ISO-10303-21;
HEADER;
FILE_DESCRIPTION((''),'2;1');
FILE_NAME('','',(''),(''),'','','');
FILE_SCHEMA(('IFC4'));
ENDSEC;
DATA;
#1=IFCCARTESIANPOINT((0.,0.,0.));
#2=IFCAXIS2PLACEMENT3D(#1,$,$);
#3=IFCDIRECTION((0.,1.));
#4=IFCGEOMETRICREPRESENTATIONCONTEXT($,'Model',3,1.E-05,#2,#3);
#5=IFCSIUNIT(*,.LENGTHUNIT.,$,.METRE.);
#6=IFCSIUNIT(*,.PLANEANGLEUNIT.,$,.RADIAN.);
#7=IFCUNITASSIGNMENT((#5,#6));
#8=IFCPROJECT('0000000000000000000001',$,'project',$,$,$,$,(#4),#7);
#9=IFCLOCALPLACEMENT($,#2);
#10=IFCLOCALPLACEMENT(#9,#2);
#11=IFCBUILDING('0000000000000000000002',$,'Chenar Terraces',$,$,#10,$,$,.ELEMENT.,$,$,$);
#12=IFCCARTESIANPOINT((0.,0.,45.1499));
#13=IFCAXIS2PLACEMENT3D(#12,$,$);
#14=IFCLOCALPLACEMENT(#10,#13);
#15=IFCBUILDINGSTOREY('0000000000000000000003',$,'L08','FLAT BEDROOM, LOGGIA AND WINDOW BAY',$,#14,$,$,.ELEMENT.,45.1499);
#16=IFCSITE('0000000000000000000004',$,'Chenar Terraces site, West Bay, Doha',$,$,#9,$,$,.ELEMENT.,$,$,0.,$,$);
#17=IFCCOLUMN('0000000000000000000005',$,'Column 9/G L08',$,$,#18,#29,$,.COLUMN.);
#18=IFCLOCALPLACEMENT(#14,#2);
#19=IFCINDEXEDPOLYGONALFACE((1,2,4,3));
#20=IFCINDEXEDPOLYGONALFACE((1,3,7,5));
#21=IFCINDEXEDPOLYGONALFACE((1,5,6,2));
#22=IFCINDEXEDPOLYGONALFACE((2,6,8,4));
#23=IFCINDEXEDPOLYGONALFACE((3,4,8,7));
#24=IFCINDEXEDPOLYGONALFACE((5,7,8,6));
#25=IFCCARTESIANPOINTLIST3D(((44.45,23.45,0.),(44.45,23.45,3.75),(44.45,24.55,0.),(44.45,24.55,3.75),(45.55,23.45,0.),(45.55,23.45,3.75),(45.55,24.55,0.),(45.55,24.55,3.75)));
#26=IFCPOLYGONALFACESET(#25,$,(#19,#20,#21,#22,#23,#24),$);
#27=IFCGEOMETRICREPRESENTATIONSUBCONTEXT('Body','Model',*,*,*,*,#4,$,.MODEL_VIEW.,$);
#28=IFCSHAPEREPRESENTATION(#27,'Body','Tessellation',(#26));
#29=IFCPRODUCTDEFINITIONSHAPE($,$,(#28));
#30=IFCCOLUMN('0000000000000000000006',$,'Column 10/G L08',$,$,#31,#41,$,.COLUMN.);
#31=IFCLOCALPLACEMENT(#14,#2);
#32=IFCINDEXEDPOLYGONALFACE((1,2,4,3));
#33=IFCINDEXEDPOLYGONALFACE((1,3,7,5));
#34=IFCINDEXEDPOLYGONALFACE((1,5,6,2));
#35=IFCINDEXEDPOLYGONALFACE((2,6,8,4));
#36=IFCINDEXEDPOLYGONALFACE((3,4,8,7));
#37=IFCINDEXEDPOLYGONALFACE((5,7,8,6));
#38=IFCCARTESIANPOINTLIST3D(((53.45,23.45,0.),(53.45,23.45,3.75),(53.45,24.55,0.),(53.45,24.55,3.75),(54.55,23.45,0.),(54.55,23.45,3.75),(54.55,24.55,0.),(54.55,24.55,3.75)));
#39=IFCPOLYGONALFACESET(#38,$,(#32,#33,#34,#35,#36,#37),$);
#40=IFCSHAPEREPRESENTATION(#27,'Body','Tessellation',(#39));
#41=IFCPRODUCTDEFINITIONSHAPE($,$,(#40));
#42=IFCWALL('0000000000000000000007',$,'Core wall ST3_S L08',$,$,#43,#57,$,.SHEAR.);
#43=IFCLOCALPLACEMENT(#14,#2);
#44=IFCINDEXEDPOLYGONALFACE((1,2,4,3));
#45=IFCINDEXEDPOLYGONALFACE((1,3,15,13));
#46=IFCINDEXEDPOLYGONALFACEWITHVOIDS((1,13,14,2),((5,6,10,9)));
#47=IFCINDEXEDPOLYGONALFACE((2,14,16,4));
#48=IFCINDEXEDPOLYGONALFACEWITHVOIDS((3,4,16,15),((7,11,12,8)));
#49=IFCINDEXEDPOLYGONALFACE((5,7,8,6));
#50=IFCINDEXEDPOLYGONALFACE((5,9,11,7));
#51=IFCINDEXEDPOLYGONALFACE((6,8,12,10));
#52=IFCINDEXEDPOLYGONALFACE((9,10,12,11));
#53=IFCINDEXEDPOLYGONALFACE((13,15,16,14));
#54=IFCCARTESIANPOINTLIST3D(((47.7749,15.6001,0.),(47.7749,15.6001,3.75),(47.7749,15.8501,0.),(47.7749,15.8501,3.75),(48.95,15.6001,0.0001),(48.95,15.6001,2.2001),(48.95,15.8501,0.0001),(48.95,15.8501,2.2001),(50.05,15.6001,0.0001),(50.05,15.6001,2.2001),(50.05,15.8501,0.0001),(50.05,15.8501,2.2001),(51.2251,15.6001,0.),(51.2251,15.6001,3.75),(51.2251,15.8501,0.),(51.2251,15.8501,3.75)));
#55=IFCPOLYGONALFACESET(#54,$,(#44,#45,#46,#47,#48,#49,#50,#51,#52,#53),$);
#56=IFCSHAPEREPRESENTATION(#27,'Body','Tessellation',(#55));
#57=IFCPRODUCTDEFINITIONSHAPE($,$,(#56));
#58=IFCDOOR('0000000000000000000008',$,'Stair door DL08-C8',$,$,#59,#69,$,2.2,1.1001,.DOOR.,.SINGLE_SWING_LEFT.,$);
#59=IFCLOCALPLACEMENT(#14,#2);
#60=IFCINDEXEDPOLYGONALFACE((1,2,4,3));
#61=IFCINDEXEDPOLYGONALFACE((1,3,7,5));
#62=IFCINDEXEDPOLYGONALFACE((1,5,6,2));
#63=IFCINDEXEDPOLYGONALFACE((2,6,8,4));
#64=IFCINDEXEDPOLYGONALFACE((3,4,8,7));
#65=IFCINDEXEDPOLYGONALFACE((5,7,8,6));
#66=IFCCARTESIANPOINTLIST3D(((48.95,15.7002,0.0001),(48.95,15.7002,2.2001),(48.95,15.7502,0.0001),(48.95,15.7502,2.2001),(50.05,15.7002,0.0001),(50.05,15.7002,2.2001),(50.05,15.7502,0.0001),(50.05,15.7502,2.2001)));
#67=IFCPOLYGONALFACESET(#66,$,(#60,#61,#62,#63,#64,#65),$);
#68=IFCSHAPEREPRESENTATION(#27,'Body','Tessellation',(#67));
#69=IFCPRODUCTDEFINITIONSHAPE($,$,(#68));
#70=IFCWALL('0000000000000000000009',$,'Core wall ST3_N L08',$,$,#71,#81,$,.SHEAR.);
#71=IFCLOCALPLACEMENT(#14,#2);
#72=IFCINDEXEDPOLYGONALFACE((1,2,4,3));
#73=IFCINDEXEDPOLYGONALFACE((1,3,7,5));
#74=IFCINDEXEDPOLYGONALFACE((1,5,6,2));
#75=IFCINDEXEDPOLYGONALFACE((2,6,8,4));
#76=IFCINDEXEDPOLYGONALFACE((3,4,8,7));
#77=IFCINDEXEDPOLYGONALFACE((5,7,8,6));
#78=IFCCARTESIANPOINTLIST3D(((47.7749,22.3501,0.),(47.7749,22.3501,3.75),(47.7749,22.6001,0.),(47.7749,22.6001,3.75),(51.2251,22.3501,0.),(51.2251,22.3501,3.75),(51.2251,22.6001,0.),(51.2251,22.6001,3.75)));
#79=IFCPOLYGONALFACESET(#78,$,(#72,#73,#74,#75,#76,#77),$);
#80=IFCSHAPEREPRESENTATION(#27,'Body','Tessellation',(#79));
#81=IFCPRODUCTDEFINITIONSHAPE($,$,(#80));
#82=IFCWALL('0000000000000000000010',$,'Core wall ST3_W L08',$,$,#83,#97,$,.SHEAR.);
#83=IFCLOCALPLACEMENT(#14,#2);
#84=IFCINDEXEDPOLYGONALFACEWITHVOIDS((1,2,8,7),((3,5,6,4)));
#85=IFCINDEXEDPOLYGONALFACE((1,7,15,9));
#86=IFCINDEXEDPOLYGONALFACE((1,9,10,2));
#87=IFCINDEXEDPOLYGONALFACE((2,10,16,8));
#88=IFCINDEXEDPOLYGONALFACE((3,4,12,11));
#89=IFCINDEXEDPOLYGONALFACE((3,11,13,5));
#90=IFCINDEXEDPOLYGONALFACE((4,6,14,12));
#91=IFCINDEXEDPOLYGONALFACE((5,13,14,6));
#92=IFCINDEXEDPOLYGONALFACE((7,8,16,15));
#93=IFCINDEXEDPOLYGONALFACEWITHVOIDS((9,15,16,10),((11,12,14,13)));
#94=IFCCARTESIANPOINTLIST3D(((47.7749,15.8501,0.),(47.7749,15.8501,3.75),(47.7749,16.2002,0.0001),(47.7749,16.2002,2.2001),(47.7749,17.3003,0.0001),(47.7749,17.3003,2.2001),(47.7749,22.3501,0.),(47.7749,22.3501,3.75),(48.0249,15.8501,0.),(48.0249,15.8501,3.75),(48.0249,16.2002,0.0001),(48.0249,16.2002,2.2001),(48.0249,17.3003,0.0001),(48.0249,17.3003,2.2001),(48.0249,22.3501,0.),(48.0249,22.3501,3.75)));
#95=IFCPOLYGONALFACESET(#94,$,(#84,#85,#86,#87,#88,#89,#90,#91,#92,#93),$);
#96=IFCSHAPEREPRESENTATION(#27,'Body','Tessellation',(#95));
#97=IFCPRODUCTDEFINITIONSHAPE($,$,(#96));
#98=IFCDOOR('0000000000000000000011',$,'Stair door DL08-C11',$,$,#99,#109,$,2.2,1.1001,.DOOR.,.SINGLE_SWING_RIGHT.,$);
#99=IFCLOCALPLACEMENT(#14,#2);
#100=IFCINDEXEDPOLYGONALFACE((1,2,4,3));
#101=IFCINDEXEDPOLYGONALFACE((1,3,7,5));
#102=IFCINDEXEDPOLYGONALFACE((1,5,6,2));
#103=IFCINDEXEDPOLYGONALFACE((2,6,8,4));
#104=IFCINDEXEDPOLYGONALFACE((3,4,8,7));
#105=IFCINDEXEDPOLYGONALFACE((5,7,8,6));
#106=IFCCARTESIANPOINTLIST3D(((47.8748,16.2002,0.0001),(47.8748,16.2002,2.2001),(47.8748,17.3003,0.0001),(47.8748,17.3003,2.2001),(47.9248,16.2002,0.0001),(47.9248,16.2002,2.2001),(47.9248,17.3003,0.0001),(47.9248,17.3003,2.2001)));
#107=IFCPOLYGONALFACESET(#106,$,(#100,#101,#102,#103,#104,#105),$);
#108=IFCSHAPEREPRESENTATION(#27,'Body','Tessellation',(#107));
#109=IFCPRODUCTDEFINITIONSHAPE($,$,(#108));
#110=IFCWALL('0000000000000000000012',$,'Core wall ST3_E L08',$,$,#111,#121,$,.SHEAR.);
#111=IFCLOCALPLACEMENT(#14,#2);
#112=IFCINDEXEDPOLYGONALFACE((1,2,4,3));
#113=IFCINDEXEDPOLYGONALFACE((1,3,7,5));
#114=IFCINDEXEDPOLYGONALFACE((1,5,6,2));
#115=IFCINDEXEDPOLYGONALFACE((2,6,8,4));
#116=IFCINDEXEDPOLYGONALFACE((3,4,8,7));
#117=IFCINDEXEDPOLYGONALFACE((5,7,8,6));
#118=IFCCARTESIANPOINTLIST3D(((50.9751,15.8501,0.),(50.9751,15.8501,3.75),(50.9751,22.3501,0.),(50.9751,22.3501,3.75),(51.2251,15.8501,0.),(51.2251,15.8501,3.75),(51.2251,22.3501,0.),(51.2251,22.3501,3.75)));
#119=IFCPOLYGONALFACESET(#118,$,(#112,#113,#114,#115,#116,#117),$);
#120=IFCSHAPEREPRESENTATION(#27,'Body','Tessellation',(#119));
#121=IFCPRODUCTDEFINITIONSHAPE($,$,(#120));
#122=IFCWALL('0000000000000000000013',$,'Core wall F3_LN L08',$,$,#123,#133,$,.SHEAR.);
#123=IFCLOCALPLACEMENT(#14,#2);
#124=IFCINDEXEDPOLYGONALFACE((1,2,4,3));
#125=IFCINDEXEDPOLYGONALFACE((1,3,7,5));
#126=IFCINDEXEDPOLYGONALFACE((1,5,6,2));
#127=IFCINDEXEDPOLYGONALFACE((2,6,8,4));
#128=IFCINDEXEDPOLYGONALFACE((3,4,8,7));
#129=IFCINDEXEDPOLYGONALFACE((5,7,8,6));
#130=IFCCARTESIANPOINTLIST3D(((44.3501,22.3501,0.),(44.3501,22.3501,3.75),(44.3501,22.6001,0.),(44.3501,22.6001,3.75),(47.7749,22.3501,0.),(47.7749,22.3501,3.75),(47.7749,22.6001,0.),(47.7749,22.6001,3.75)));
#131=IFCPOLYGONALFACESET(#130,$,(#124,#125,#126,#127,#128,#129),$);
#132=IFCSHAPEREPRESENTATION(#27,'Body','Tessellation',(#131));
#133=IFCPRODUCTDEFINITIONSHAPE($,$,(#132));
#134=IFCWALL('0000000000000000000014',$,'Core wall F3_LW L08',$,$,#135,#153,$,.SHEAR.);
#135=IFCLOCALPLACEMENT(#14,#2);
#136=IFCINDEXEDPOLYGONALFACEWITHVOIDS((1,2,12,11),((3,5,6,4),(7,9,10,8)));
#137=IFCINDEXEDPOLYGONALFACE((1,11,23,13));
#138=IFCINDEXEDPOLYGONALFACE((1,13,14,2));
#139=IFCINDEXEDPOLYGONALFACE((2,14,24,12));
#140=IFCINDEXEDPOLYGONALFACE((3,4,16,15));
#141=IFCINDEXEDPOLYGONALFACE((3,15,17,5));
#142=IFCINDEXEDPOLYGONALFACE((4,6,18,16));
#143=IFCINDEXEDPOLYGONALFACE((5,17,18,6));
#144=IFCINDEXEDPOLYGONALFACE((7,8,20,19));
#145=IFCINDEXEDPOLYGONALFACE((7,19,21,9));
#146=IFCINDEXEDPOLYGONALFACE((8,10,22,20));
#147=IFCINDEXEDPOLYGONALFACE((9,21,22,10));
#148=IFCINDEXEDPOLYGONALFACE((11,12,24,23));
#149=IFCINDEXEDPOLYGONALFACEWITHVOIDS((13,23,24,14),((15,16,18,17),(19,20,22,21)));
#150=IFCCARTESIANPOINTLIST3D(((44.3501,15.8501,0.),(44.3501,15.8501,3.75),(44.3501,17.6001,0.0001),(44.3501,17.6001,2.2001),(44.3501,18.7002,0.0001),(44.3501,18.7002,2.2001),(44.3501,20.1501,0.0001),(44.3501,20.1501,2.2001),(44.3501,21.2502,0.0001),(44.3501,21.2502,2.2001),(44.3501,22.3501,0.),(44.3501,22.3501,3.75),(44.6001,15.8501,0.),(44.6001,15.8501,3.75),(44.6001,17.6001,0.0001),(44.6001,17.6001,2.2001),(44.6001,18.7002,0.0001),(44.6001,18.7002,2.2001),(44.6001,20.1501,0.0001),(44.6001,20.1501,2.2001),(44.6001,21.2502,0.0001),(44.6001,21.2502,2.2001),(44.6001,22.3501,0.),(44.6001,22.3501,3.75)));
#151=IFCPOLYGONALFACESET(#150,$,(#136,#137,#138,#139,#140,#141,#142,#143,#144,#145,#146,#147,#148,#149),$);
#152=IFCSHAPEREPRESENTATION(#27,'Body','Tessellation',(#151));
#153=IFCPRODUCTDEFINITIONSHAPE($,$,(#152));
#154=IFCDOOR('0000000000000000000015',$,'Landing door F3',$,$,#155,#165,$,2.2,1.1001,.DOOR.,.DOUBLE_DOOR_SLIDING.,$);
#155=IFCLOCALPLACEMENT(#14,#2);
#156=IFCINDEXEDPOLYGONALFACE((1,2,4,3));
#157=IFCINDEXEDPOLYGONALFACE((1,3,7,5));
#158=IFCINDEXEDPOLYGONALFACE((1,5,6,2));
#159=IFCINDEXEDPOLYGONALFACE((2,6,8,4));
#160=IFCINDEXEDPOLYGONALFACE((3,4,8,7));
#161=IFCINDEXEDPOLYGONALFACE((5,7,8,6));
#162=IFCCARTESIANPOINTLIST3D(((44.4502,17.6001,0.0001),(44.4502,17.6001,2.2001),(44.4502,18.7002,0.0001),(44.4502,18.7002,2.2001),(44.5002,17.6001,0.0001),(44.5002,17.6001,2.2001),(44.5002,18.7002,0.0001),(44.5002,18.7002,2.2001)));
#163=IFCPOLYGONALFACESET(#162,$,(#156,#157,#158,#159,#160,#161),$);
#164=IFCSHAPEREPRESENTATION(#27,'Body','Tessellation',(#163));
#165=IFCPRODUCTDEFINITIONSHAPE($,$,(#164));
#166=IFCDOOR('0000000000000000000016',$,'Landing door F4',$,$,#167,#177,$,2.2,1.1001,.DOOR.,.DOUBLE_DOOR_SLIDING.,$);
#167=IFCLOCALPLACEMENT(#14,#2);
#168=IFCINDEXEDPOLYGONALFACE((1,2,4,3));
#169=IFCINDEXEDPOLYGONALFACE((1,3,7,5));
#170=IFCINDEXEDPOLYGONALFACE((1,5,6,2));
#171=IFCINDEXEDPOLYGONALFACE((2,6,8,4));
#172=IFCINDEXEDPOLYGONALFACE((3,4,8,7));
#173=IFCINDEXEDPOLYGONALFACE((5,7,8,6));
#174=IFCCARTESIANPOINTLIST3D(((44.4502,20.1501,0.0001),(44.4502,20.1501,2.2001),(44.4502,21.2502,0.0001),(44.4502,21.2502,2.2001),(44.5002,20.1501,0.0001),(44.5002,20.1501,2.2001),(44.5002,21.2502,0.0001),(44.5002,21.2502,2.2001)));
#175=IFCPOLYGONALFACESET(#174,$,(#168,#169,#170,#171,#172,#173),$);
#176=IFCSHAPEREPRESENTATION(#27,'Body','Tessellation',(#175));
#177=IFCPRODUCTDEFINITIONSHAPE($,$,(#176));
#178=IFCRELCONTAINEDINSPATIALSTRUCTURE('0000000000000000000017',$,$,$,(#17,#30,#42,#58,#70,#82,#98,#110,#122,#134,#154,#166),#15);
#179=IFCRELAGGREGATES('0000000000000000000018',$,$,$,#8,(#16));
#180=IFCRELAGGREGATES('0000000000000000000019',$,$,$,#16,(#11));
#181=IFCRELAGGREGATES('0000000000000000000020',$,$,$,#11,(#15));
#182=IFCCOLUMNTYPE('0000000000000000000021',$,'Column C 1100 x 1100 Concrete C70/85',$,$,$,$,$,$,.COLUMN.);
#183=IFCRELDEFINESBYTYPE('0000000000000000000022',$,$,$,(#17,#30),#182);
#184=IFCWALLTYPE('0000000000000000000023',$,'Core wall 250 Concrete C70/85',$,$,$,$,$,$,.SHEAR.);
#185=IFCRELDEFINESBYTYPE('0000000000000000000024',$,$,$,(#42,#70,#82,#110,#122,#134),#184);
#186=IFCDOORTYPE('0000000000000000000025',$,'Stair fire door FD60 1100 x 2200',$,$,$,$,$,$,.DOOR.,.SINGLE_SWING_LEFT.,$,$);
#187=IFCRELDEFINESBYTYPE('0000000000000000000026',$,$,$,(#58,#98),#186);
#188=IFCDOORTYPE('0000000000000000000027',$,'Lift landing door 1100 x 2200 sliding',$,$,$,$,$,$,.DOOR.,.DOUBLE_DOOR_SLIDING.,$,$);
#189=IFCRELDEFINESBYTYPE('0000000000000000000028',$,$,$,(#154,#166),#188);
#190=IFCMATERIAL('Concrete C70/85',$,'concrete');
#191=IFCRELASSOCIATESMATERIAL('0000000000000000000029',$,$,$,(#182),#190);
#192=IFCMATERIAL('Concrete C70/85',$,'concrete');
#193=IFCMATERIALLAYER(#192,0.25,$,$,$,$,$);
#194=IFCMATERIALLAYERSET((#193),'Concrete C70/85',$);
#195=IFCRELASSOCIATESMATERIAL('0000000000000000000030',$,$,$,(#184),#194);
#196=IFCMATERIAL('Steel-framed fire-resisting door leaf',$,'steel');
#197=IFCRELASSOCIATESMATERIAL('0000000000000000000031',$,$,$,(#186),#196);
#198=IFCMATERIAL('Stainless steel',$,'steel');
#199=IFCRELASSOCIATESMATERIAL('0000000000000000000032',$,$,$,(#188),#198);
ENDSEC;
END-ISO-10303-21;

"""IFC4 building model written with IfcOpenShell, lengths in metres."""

from ifc_helpers import new_model, si_unit, direction, frame, frame_2d, origin, origin_2d, place, context, subcontext, project, spatial, rectangle, extrude, material, layer, layer_set, material_profile, profile_set, type_object, element, fill, save


model = new_model("IFC4")

# Units and contexts
model_context = context("Model", 3, precision=1e-05, world=origin(), true_north=direction((0.0, 1.0)))
body_context = subcontext(model_context, "Body", "Model", "MODEL_VIEW")
ifc_project = project(units=[si_unit("LENGTHUNIT", "METRE"), si_unit("PLANEANGLEUNIT", "RADIAN")], contexts=[model_context])

# Site, building, storey
site_placement = place(None, origin())
site = spatial("IfcSite", under=ifc_project, at=site_placement, Name="Chenar Terraces site, West Bay, Doha", CompositionType="ELEMENT", RefElevation=0.0)
building_placement = place(site_placement, origin())
building = spatial("IfcBuilding", under=site, at=building_placement, Name="Chenar Terraces", CompositionType="ELEMENT")
storey_placement = place(building_placement, frame((0.0, 0.0, 45.1499)))
storey = spatial("IfcBuildingStorey", under=building, at=storey_placement, Name="L08", Description="FLAT BEDROOM, LOGGIA AND WINDOW BAY", CompositionType="ELEMENT", Elevation=45.1499)

# Columns
ifc_material_1 = material(Name="Concrete C70/85", Category="concrete")
ifc_material_profile = material_profile(ifc_material_1, rectangle(XDim=1.1001, YDim=1.1001, at=origin_2d()), Name="C 1100 x 1100")
ifc_profile_set = profile_set([ifc_material_profile], Name="Concrete C70/85")
column_type = type_object("IfcColumnType", Name="Column C 1100 x 1100 Concrete C70/85", PredefinedType="COLUMN", material=ifc_profile_set)
for number, where, z_axis, x_axis, name in (
    (1, (45.0, 24.0, 0.0), (0.0, 0.0, 1.0), (1.0, 0.0, 0.0), "Column 9/G L08"),
    (2, (54.0, 24.0, 0.0), (0.0, 0.0, 1.0), (1.0, 0.0, 0.0), "Column 10/G L08"),
):
    element("IfcColumn", number, at=place(storey_placement, frame(where, z_axis=z_axis, x_axis=x_axis)), inside=storey, type_object=column_type, Name=name, PredefinedType="COLUMN", context=body_context, shape_type="SweptSolid", body=[
        extrude(rectangle(XDim=1.1001, YDim=1.1001, at=origin_2d()), origin(), (0.0, 0.0, 1.0), 3.75),
    ])

# Wall, opening, door
ifc_material_2 = material(Name="Concrete C70/85", Category="concrete")
ifc_layer_1 = layer(ifc_material_2, 0.25)
ifc_layer_set_1 = layer_set([ifc_layer_1], Name="Concrete C70/85")
wall_type_1 = type_object("IfcWallType", Name="Core wall 250 Concrete C70/85", PredefinedType="SHEAR", material=ifc_layer_set_1)
wall_1_placement = place(storey_placement, frame((47.7749, 15.7251, 0.0), z_axis=(0.0, 0.0, 1.0), x_axis=(1.0, 0.0, 0.0)))
wall_1 = element("IfcWall", 3, at=wall_1_placement, inside=storey, type_object=wall_type_1, Name="Core wall ST3_S L08", PredefinedType="SHEAR", context=body_context, shape_type="SweptSolid", body=[
    extrude(rectangle(XDim=3.4502, YDim=0.25, at=frame_2d((1.7251, 0.0))), origin(), (0.0, 0.0, 1.0), 3.75),
])
opening_1_placement = place(wall_1_placement, frame((1.175, 0.0, 0.0)))
opening_1 = element("IfcOpeningElement", 4, at=opening_1_placement, cuts=wall_1, PredefinedType="OPENING", context=body_context, shape_type="SweptSolid", body=[
    extrude(rectangle(XDim=1.1001, YDim=2.2, at=frame_2d((0.55, 1.1001))), frame((0.0, 0.135, 0.0), z_axis=(0.0, -1.0, 0.0), x_axis=(1.0, 0.0, 0.0)), (0.0, 0.0, 1.0), 0.27),
])
ifc_material_3 = material(Name="Steel-framed fire-resisting door leaf", Category="steel")
door_type_1 = type_object("IfcDoorType", Name="Stair fire door FD60 1100 x 2200", OperationType="SINGLE_SWING_LEFT", PredefinedType="DOOR", material=ifc_material_3)
door_1_placement = place(opening_1_placement, frame((1.1001, 0.0, 0.0), z_axis=(0.0, 0.0, 1.0), x_axis=(-1.0, 0.0, 0.0)))
door_1 = element("IfcDoor", 5, at=door_1_placement, inside=storey, type_object=door_type_1, Name="Stair door DL08-C8", OperationType="SINGLE_SWING_LEFT", OverallHeight=2.2, OverallWidth=1.1001, PredefinedType="DOOR", context=body_context, shape_type="SweptSolid", body=[
    extrude(rectangle(XDim=1.1001, YDim=2.2, at=frame_2d((0.55, 1.1001))), frame((0.0, 0.0249, 0.0), z_axis=(0.0, -1.0, 0.0), x_axis=(1.0, 0.0, 0.0)), (0.0, 0.0, 1.0), 0.05),
])
fill(opening_1, door_1)

# Wall
wall_2_placement = place(storey_placement, frame((47.7749, 22.4751, 0.0), z_axis=(0.0, 0.0, 1.0), x_axis=(1.0, 0.0, 0.0)))
element("IfcWall", 6, at=wall_2_placement, inside=storey, type_object=wall_type_1, Name="Core wall ST3_N L08", PredefinedType="SHEAR", context=body_context, shape_type="SweptSolid", body=[
    extrude(rectangle(XDim=3.4502, YDim=0.25, at=frame_2d((1.7251, 0.0))), origin(), (0.0, 0.0, 1.0), 3.75),
])

# Wall, opening, door
wall_3_placement = place(storey_placement, frame((47.8999, 15.8501, 0.0), z_axis=(0.0, 0.0, 1.0), x_axis=(0.0, 1.0, 0.0)))
wall_3 = element("IfcWall", 7, at=wall_3_placement, inside=storey, type_object=wall_type_1, Name="Core wall ST3_W L08", PredefinedType="SHEAR", context=body_context, shape_type="SweptSolid", body=[
    extrude(rectangle(XDim=6.5, YDim=0.25, at=frame_2d((3.25, 0.0))), origin(), (0.0, 0.0, 1.0), 3.75),
])
opening_2_placement = place(wall_3_placement, frame((0.3501, 0.0, 0.0)))
opening_2 = element("IfcOpeningElement", 8, at=opening_2_placement, cuts=wall_3, PredefinedType="OPENING", context=body_context, shape_type="SweptSolid", body=[
    extrude(rectangle(XDim=1.1001, YDim=2.2, at=frame_2d((0.55, 1.1001))), frame((0.0, 0.135, 0.0), z_axis=(0.0, -1.0, 0.0), x_axis=(1.0, 0.0, 0.0)), (0.0, 0.0, 1.0), 0.27),
])
door_2_placement = place(opening_2_placement, frame((1.1001, 0.0, 0.0), z_axis=(0.0, 0.0, 1.0), x_axis=(-1.0, 0.0, 0.0)))
door_2 = element("IfcDoor", 9, at=door_2_placement, inside=storey, type_object=door_type_1, Name="Stair door DL08-C11", OperationType="SINGLE_SWING_RIGHT", OverallHeight=2.2, OverallWidth=1.1001, PredefinedType="DOOR", context=body_context, shape_type="SweptSolid", body=[
    extrude(rectangle(XDim=1.1001, YDim=2.2, at=frame_2d((0.55, 1.1001))), frame((0.0, 0.0249, 0.0), z_axis=(0.0, -1.0, 0.0), x_axis=(1.0, 0.0, 0.0)), (0.0, 0.0, 1.0), 0.05),
])
fill(opening_2, door_2)

# Walls
wall_4_placement = place(storey_placement, frame((51.1001, 15.8501, 0.0), z_axis=(0.0, 0.0, 1.0), x_axis=(0.0, 1.0, 0.0)))
element("IfcWall", 10, at=wall_4_placement, inside=storey, type_object=wall_type_1, Name="Core wall ST3_E L08", PredefinedType="SHEAR", context=body_context, shape_type="SweptSolid", body=[
    extrude(rectangle(XDim=6.5, YDim=0.25, at=frame_2d((3.25, 0.0))), origin(), (0.0, 0.0, 1.0), 3.75),
])
wall_5_placement = place(storey_placement, frame((44.3501, 22.4751, 0.0), z_axis=(0.0, 0.0, 1.0), x_axis=(1.0, 0.0, 0.0)))
element("IfcWall", 11, at=wall_5_placement, inside=storey, type_object=wall_type_1, Name="Core wall F3_LN L08", PredefinedType="SHEAR", context=body_context, shape_type="SweptSolid", body=[
    extrude(rectangle(XDim=3.4248, YDim=0.25, at=frame_2d((1.7124, 0.0))), origin(), (0.0, 0.0, 1.0), 3.75),
])

# Wall, openings, doors
wall_6_placement = place(storey_placement, frame((44.4751, 15.8501, 0.0), z_axis=(0.0, 0.0, 1.0), x_axis=(0.0, 1.0, 0.0)))
wall_6 = element("IfcWall", 12, at=wall_6_placement, inside=storey, type_object=wall_type_1, Name="Core wall F3_LW L08", PredefinedType="SHEAR", context=body_context, shape_type="SweptSolid", body=[
    extrude(rectangle(XDim=6.5, YDim=0.25, at=frame_2d((3.25, 0.0))), origin(), (0.0, 0.0, 1.0), 3.75),
])
opening_3_placement = place(wall_6_placement, frame((1.75, 0.0, 0.0)))
opening_3 = element("IfcOpeningElement", 13, at=opening_3_placement, cuts=wall_6, PredefinedType="OPENING", context=body_context, shape_type="SweptSolid", body=[
    extrude(rectangle(XDim=1.1001, YDim=2.2, at=frame_2d((0.55, 1.1001))), frame((0.0, 0.135, 0.0), z_axis=(0.0, -1.0, 0.0), x_axis=(1.0, 0.0, 0.0)), (0.0, 0.0, 1.0), 0.27),
])
opening_4_placement = place(wall_6_placement, frame((4.3, 0.0, 0.0)))
opening_4 = element("IfcOpeningElement", 14, at=opening_4_placement, cuts=wall_6, PredefinedType="OPENING", context=body_context, shape_type="SweptSolid", body=[
    extrude(rectangle(XDim=1.1001, YDim=2.2, at=frame_2d((0.55, 1.1001))), frame((0.0, 0.135, 0.0), z_axis=(0.0, -1.0, 0.0), x_axis=(1.0, 0.0, 0.0)), (0.0, 0.0, 1.0), 0.27),
])
ifc_material_4 = material(Name="Stainless steel", Category="steel")
door_type_2 = type_object("IfcDoorType", Name="Lift landing door 1100 x 2200 sliding", OperationType="DOUBLE_DOOR_SLIDING", PredefinedType="DOOR", material=ifc_material_4)
door_3_placement = place(opening_3_placement, origin())
door_3 = element("IfcDoor", 15, at=door_3_placement, inside=storey, type_object=door_type_2, Name="Landing door F3", OperationType="DOUBLE_DOOR_SLIDING", OverallHeight=2.2, OverallWidth=1.1001, PredefinedType="DOOR", context=body_context, shape_type="SweptSolid", body=[
    extrude(rectangle(XDim=1.1001, YDim=2.2, at=frame_2d((0.55, 1.1001))), frame((0.0, 0.0249, 0.0), z_axis=(0.0, -1.0, 0.0), x_axis=(1.0, 0.0, 0.0)), (0.0, 0.0, 1.0), 0.05),
])
fill(opening_3, door_3)
door_4_placement = place(opening_4_placement, origin())
door_4 = element("IfcDoor", 16, at=door_4_placement, inside=storey, type_object=door_type_2, Name="Landing door F4", OperationType="DOUBLE_DOOR_SLIDING", OverallHeight=2.2, OverallWidth=1.1001, PredefinedType="DOOR", context=body_context, shape_type="SweptSolid", body=[
    extrude(rectangle(XDim=1.1001, YDim=2.2, at=frame_2d((0.55, 1.1001))), frame((0.0, 0.0249, 0.0), z_axis=(0.0, -1.0, 0.0), x_axis=(1.0, 0.0, 0.0)), (0.0, 0.0, 1.0), 0.05),
])
fill(opening_4, door_4)

save(model, "model.ifc")
